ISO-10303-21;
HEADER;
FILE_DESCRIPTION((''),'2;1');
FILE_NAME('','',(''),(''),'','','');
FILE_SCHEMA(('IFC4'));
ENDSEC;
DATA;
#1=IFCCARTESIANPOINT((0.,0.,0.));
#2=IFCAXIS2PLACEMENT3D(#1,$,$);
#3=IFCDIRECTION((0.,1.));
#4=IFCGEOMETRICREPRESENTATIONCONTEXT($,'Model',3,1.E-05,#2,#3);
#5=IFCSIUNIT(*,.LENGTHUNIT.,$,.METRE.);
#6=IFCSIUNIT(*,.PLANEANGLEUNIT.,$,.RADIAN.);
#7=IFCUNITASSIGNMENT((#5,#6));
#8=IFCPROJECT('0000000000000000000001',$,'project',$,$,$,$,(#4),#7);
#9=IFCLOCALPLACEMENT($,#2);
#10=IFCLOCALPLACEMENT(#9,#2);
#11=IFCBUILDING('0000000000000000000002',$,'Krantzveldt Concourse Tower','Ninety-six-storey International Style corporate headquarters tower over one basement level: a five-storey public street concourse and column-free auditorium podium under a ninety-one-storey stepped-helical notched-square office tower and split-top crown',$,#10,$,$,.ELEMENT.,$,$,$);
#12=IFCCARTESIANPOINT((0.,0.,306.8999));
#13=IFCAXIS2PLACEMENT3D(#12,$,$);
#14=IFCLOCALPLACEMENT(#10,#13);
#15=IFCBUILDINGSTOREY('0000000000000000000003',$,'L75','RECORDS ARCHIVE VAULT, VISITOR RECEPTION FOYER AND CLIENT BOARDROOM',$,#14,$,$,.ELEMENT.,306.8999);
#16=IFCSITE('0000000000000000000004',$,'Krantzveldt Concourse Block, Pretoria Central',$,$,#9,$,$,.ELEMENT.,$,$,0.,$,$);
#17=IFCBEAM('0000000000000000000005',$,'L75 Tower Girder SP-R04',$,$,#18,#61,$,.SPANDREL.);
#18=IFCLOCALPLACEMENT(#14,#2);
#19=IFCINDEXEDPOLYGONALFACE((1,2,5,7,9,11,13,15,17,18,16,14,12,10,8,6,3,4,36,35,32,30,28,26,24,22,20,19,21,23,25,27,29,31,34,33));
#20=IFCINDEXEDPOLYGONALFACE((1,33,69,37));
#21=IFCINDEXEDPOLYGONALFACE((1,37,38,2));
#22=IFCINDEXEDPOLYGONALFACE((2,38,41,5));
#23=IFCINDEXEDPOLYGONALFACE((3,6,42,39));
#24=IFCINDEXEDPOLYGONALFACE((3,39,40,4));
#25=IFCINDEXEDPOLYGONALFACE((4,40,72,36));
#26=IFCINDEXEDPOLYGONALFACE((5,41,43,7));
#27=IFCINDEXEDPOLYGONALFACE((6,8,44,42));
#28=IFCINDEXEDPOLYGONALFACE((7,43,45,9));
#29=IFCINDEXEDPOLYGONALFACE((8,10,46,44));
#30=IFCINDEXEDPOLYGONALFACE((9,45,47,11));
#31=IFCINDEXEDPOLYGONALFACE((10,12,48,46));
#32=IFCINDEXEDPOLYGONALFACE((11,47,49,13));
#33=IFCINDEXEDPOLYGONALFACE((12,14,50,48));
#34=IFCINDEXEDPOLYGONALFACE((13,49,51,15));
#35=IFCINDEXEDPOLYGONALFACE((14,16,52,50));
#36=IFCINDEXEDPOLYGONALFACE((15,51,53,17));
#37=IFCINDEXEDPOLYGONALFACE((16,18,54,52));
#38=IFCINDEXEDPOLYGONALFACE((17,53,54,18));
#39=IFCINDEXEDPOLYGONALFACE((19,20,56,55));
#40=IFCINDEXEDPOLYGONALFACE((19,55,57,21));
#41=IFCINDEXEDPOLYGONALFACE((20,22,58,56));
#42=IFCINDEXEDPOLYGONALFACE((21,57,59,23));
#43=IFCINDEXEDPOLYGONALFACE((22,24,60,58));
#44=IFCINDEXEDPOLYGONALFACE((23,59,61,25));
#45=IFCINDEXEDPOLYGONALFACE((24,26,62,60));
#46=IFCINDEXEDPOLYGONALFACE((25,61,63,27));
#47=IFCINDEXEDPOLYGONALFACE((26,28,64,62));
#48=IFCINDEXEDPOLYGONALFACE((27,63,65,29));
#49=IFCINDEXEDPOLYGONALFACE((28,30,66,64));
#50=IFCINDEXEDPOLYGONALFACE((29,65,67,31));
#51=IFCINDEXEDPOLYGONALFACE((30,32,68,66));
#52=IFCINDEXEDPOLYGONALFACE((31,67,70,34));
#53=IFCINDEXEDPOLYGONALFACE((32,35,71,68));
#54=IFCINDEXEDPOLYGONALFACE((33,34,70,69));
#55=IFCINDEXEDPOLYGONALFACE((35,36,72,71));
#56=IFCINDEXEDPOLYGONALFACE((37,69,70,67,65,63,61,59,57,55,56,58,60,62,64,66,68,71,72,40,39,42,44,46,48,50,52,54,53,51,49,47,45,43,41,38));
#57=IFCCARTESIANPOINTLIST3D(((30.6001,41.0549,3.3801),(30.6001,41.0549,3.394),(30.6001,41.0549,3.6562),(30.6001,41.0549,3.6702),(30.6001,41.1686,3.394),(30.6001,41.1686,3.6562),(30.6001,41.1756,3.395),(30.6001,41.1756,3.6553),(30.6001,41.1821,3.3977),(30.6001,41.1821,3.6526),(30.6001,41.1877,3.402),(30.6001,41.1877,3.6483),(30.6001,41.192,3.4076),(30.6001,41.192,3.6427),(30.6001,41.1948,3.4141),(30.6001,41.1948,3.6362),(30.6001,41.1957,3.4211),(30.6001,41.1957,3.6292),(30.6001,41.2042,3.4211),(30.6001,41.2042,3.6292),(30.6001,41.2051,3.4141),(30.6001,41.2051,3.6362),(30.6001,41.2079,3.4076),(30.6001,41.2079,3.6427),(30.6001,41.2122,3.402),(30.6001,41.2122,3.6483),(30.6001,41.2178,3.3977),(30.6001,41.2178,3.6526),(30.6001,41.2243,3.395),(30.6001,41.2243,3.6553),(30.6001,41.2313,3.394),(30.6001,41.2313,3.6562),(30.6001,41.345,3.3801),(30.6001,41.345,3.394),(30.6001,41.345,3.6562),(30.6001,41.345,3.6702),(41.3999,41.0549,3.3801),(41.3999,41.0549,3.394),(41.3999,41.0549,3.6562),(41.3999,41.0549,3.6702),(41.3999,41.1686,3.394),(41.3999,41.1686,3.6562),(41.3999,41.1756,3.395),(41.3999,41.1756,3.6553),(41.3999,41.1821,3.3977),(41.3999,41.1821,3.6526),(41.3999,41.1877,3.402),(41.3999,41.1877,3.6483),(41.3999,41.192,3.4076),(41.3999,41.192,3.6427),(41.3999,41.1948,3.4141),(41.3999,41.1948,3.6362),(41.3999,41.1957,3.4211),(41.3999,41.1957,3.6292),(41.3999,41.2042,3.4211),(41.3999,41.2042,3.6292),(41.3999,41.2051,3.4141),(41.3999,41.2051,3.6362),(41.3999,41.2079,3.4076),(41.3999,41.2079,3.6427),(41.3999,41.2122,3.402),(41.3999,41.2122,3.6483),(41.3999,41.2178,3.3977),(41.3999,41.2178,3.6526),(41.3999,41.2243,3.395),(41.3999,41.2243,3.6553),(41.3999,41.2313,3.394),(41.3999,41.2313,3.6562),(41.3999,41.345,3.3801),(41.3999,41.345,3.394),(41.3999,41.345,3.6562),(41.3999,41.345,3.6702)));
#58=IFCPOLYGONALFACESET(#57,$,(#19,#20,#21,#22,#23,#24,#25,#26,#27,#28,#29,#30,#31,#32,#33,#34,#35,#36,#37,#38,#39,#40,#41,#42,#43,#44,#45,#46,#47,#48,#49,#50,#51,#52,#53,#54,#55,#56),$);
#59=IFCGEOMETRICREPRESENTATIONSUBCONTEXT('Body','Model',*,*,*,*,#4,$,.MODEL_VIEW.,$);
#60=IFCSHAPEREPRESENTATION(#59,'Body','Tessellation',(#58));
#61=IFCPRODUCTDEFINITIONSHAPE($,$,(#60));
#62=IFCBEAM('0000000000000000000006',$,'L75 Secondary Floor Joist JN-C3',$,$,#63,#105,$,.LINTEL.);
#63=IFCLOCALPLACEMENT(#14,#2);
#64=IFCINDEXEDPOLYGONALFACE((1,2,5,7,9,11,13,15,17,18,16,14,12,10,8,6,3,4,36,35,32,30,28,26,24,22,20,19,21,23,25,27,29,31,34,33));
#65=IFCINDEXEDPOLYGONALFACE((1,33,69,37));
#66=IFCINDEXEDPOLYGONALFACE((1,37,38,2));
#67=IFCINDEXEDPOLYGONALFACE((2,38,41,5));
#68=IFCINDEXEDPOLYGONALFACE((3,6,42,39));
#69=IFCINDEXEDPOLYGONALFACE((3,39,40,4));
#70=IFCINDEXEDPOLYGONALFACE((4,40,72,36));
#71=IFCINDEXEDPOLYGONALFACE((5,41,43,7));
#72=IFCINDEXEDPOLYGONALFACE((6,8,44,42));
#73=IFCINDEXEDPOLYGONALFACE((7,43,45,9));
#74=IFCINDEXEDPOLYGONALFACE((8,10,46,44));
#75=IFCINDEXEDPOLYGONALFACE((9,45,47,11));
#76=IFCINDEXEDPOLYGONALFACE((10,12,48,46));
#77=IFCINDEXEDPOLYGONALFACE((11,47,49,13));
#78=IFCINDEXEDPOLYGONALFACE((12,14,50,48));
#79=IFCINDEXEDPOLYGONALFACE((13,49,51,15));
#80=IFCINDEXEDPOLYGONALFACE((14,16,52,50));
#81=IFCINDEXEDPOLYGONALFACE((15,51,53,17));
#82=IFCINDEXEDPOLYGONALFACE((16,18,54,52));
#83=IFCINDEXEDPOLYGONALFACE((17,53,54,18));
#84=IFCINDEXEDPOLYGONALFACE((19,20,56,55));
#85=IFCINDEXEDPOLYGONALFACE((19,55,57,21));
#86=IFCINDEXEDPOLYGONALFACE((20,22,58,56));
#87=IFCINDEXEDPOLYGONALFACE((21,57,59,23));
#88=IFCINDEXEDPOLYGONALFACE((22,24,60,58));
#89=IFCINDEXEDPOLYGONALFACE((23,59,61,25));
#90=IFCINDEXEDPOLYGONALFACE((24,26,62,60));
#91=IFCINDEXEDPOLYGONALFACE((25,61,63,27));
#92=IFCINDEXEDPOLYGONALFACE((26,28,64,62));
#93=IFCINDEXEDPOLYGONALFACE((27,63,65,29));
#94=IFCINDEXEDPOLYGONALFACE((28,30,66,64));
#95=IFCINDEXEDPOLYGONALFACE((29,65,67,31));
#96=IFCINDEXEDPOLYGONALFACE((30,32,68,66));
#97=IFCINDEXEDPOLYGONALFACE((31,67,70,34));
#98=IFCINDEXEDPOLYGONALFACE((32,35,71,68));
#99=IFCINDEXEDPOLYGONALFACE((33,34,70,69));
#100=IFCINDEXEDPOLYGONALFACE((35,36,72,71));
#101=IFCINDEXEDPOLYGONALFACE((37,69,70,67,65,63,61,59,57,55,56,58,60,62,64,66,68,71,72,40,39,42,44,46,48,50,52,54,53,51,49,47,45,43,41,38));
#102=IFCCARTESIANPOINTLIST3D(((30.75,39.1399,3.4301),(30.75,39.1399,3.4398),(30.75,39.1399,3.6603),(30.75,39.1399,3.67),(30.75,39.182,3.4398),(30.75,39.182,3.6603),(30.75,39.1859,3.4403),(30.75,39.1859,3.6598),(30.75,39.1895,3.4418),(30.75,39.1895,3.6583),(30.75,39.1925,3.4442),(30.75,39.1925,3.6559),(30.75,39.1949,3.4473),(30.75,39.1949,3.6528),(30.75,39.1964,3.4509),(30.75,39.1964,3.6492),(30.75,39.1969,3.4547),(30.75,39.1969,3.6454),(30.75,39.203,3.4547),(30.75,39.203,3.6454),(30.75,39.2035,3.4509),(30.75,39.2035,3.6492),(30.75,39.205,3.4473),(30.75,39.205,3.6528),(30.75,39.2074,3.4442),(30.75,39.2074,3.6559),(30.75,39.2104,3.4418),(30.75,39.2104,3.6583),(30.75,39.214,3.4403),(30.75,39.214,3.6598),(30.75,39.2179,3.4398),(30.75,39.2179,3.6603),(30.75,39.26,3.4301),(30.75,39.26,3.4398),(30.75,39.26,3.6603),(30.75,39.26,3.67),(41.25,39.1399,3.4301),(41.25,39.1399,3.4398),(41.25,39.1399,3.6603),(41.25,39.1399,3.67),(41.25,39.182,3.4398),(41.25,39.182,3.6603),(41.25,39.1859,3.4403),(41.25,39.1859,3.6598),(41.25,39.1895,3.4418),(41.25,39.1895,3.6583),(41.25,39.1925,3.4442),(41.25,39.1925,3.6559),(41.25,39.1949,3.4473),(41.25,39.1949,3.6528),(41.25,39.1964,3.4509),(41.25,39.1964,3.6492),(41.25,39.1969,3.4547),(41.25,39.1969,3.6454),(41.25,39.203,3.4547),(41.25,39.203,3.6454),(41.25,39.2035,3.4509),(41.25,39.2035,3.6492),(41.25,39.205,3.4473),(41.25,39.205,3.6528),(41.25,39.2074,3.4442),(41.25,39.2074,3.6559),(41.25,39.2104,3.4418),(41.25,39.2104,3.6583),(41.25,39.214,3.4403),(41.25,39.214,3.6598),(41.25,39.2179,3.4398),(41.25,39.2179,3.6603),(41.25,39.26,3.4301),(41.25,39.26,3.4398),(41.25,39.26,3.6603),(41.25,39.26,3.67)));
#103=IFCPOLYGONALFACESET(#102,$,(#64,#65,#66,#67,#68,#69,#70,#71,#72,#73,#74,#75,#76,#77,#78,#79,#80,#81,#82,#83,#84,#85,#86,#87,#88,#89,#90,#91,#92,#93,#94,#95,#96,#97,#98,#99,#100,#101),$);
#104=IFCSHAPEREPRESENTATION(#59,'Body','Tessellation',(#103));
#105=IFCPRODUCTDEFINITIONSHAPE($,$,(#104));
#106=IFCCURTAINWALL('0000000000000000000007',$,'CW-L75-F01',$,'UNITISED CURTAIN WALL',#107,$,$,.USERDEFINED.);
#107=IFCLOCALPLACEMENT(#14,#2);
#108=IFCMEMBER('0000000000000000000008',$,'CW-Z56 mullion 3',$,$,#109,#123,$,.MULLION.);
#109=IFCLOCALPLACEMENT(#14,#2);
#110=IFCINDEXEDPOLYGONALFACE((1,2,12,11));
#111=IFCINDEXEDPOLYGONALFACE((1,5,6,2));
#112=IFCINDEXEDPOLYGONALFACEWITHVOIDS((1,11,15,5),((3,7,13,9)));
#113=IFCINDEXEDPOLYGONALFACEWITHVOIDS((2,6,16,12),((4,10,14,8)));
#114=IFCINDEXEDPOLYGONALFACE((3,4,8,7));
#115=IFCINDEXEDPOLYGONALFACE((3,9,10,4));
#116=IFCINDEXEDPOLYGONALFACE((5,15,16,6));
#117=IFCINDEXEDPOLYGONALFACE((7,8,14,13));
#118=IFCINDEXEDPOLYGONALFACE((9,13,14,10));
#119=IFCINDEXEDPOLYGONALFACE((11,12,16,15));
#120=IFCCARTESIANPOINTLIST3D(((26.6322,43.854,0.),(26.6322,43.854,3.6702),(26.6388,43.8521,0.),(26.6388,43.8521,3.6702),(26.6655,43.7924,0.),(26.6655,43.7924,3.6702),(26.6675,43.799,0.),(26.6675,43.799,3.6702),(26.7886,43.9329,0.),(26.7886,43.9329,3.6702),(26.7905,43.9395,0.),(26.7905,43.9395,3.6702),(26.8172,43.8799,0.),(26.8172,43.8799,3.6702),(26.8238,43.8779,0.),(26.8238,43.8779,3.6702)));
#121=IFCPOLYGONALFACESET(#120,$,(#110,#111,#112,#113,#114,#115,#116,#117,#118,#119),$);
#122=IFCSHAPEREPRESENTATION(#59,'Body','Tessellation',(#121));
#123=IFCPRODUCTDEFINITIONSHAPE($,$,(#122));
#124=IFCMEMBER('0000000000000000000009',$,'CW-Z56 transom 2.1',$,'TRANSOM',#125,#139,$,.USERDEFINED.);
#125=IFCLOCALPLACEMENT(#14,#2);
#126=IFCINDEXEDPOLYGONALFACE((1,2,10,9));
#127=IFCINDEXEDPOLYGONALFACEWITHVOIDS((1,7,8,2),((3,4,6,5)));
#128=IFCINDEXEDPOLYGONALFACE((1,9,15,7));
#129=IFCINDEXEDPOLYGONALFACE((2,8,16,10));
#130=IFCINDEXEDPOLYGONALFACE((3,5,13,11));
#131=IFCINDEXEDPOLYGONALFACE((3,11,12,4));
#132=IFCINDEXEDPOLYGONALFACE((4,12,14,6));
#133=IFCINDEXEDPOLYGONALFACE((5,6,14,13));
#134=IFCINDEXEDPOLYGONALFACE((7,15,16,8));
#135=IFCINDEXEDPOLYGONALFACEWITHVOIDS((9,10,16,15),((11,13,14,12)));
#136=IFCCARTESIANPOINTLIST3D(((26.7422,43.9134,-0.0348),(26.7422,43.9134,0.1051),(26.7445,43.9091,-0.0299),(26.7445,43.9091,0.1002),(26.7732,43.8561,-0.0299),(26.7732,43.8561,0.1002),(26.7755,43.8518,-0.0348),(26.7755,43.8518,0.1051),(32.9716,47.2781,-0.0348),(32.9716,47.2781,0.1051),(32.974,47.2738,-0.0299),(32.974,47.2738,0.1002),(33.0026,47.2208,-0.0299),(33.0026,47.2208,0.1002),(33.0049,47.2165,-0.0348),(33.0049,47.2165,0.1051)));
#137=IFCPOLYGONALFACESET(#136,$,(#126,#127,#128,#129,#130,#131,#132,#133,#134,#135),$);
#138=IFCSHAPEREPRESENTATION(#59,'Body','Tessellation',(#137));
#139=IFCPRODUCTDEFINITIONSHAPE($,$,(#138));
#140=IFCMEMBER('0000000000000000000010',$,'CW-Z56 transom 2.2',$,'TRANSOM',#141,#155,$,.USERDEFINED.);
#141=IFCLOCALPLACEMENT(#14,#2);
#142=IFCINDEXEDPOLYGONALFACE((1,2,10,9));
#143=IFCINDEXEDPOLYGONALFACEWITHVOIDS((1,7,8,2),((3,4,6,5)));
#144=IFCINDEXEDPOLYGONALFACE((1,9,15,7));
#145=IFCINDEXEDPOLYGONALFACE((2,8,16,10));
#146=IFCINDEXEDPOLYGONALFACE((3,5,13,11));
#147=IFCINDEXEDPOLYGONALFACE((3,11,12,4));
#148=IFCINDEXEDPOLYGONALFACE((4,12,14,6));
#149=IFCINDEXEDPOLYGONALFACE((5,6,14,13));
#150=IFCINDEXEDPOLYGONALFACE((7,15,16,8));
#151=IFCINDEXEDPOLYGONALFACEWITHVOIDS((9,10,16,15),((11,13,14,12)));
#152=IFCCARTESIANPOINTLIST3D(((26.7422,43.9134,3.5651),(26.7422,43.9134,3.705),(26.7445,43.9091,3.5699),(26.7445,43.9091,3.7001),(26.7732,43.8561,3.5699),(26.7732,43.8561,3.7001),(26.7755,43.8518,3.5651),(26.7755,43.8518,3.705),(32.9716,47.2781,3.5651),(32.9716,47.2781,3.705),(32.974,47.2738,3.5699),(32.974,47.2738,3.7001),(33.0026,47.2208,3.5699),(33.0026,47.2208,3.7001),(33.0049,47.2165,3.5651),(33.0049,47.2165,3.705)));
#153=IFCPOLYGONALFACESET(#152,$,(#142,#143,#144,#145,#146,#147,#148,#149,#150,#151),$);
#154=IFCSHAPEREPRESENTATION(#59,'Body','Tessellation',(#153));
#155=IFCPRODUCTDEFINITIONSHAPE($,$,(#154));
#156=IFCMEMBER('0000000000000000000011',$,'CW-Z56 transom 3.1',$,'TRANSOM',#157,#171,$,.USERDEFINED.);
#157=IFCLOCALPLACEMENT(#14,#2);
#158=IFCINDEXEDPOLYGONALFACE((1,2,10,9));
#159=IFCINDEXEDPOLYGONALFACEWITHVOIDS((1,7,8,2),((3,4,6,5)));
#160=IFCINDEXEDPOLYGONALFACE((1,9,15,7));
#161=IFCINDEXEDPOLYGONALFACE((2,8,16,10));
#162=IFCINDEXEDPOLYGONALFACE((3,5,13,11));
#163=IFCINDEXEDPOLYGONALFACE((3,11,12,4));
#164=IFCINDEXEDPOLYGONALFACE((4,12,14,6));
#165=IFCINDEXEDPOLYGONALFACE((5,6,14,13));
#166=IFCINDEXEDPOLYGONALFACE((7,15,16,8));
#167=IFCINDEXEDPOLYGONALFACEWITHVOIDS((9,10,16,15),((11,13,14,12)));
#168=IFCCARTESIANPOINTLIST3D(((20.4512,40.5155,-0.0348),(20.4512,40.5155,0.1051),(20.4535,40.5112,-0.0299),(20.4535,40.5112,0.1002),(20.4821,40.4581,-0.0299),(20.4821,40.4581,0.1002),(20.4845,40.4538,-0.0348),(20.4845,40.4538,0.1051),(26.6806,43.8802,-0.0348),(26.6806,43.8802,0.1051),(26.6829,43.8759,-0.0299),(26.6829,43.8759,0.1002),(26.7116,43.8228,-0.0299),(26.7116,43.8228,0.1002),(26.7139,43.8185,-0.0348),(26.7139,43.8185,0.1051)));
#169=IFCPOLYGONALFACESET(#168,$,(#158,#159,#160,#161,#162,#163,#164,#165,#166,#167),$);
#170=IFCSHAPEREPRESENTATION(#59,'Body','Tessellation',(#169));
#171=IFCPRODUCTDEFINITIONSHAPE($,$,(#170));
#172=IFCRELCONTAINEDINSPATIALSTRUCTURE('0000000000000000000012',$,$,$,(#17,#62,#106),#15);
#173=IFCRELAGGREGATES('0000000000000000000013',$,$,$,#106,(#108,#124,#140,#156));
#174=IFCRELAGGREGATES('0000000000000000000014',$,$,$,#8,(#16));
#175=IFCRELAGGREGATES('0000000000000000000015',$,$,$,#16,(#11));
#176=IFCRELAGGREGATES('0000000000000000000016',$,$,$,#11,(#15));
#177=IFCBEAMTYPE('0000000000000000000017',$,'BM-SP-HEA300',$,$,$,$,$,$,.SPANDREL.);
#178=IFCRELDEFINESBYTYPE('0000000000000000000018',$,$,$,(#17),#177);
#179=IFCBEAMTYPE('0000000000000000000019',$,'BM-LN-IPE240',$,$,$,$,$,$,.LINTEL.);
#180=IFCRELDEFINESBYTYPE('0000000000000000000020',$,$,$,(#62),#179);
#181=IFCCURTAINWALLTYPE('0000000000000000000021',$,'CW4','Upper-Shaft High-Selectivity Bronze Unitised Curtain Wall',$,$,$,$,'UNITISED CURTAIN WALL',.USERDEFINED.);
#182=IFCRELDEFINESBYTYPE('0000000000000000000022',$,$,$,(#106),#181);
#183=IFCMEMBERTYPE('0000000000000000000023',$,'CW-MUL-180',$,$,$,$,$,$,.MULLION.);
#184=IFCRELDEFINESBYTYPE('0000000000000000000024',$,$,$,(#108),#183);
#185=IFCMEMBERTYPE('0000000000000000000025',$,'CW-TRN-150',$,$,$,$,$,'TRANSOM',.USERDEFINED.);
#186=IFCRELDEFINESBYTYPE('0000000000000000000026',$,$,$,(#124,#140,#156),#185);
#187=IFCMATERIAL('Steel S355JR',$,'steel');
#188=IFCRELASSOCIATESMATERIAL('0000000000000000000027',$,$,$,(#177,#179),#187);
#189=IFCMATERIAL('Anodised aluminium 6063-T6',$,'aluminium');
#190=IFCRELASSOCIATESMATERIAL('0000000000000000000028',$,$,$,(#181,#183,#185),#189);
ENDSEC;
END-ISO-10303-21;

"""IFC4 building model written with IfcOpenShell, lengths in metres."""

from ifc_helpers import new_model, si_unit, direction, frame, origin, origin_2d, place, context, subcontext, project, spatial, hollow_rectangle, i_section, extrude, source, transform, mapped, material, material_profile, profile_set, type_object, type_shapes, element, aggregate, save


model = new_model("IFC4")

# Units and contexts
model_context = context("Model", 3, precision=1e-05, world=origin(), true_north=direction((0.0, 1.0)))
body_context = subcontext(model_context, "Body", "Model", "MODEL_VIEW")
ifc_project = project(units=[si_unit("LENGTHUNIT", "METRE"), si_unit("PLANEANGLEUNIT", "RADIAN")], contexts=[model_context])

# Site, building, storey
site_placement = place(None, origin())
site = spatial("IfcSite", under=ifc_project, at=site_placement, Name="Krantzveldt Concourse Block, Pretoria Central", CompositionType="ELEMENT", RefElevation=0.0)
building_placement = place(site_placement, origin())
building = spatial("IfcBuilding", under=site, at=building_placement, Name="Krantzveldt Concourse Tower", Description="Ninety-six-storey International Style corporate headquarters tower over one basement level: a five-storey public street concourse and column-free auditorium podium under a ninety-one-storey stepped-helical notched-square office tower and split-top crown", CompositionType="ELEMENT")
storey_placement = place(building_placement, frame((0.0, 0.0, 306.8999)))
storey = spatial("IfcBuildingStorey", under=building, at=storey_placement, Name="L75", Description="RECORDS ARCHIVE VAULT, VISITOR RECEPTION FOYER AND CLIENT BOARDROOM", CompositionType="ELEMENT", Elevation=306.8999)

# Beams
ifc_material_1 = material(Name="Steel S355JR", Category="steel")
ifc_material_profile_1 = material_profile(ifc_material_1, i_section(OverallWidth=0.29, OverallDepth=0.29, WebThickness=0.0085, FlangeThickness=0.0139, FilletRadius=0.0271, at=origin_2d()), Name="Steel S355JR", Category="steel")
ifc_profile_set_1 = profile_set([ifc_material_profile_1], Name="Steel S355JR - HEA 300")
beam_type_1 = type_object("IfcBeamType", Name="BM-SP-HEA300", PredefinedType="SPANDREL", material=ifc_profile_set_1)
shared_shape_1 = source(origin(), body_context, "Body", "SweptSolid", [
    extrude(i_section(OverallWidth=0.29, OverallDepth=0.29, WebThickness=0.0085, FlangeThickness=0.0139, FilletRadius=0.0271, at=origin_2d()), origin(), (0.0, 0.0, 1.0), 10.7998),
])
type_shapes(beam_type_1, [shared_shape_1])
beam_1_placement = place(storey_placement, frame((30.6001, 41.2, 3.5251), z_axis=(1.0, 0.0, 0.0), x_axis=(0.0, 1.0, 0.0)))
element("IfcBeam", 1, at=beam_1_placement, inside=storey, type_object=beam_type_1, Name="L75 Tower Girder SP-R04", PredefinedType="SPANDREL", context=body_context, shape_type="MappedRepresentation", body=[
    mapped(shared_shape_1, transform((0.0, 0.0, 0.0), x_axis=(1.0, 0.0, 0.0), y_axis=(0.0, 1.0, 0.0), z_axis=(0.0, 0.0, 1.0), scale=1.0)),
])
ifc_material_profile_2 = material_profile(ifc_material_1, i_section(OverallWidth=0.1201, OverallDepth=0.24, WebThickness=0.0061, FlangeThickness=0.0098, FilletRadius=0.0149, at=origin_2d()), Name="Steel S355JR", Category="steel")
ifc_profile_set_2 = profile_set([ifc_material_profile_2], Name="Steel S355JR - IPE 240")
beam_type_2 = type_object("IfcBeamType", Name="BM-LN-IPE240", PredefinedType="LINTEL", material=ifc_profile_set_2)
shared_shape_2 = source(origin(), body_context, "Body", "SweptSolid", [
    extrude(i_section(OverallWidth=0.1201, OverallDepth=0.24, WebThickness=0.0061, FlangeThickness=0.0098, FilletRadius=0.0149, at=origin_2d()), origin(), (0.0, 0.0, 1.0), 10.5),
])
type_shapes(beam_type_2, [shared_shape_2])
beam_2_placement = place(storey_placement, frame((30.75, 39.2, 3.55), z_axis=(1.0, 0.0, 0.0), x_axis=(0.0, 1.0, 0.0)))
element("IfcBeam", 2, at=beam_2_placement, inside=storey, type_object=beam_type_2, Name="L75 Secondary Floor Joist JN-C3", PredefinedType="LINTEL", context=body_context, shape_type="MappedRepresentation", body=[
    mapped(shared_shape_2, transform((0.0, 0.0, 0.0), x_axis=(1.0, 0.0, 0.0), y_axis=(0.0, 1.0, 0.0), z_axis=(0.0, 0.0, 1.0), scale=1.0)),
])

# Curtain wall, members
ifc_material_2 = material(Name="Anodised aluminium 6063-T6", Category="aluminium")
curtain_wall_type = type_object("IfcCurtainWallType", Name="CW4", Description="Upper-Shaft High-Selectivity Bronze Unitised Curtain Wall", ElementType="UNITISED CURTAIN WALL", PredefinedType="USERDEFINED", material=ifc_material_2)
curtain_wall_placement = place(storey_placement, origin())
curtain_wall = element("IfcCurtainWall", 3, at=curtain_wall_placement, inside=storey, type_object=curtain_wall_type, Name="CW-L75-F01", ObjectType="UNITISED CURTAIN WALL", PredefinedType="USERDEFINED")
ifc_material_profile_3 = material_profile(ifc_material_2, hollow_rectangle(XDim=0.0701, YDim=0.1799, WallThickness=0.0049, at=origin_2d()), Name="Anodised aluminium 6063-T6", Category="aluminium")
ifc_profile_set_3 = profile_set([ifc_material_profile_3], Name="Anodised aluminium 6063-T6 - ALU-MULL 180x70x5")
member_type_1 = type_object("IfcMemberType", Name="CW-MUL-180", PredefinedType="MULLION", material=ifc_profile_set_3)
shared_shape_3 = source(origin(), body_context, "Body", "SweptSolid", [
    extrude(hollow_rectangle(XDim=0.0701, YDim=0.1799, WallThickness=0.0049, at=origin_2d()), origin(), (0.0, 0.0, 1.0), 3.6702),
])
type_shapes(member_type_1, [shared_shape_3])
member_1_placement = place(storey_placement, frame((26.728, 43.866, 0.0), z_axis=(0.0, 0.0, 1.0), x_axis=(0.47524, -0.879856, 0.0)))
member_1 = element("IfcMember", 4, at=member_1_placement, type_object=member_type_1, Name="CW-Z56 mullion 3", PredefinedType="MULLION", context=body_context, shape_type="MappedRepresentation", body=[
    mapped(shared_shape_3, transform((0.0, 0.0, 0.0), x_axis=(1.0, 0.0, 0.0), y_axis=(0.0, 1.0, 0.0), z_axis=(0.0, 0.0, 1.0), scale=1.0)),
])
ifc_material_profile_4 = material_profile(ifc_material_2, hollow_rectangle(XDim=0.0701, YDim=0.1399, WallThickness=0.0049, at=origin_2d()), Name="Anodised aluminium 6063-T6", Category="aluminium")
ifc_profile_set_4 = profile_set([ifc_material_profile_4], Name="Anodised aluminium 6063-T6 - ALU-TRAN 140x70x5")
member_type_2 = type_object("IfcMemberType", Name="CW-TRN-150", ElementType="TRANSOM", PredefinedType="USERDEFINED", material=ifc_profile_set_4)
shared_shape_4 = source(origin(), body_context, "Body", "SweptSolid", [
    extrude(hollow_rectangle(XDim=0.0701, YDim=0.1399, WallThickness=0.0049, at=origin_2d()), origin(), (0.0, 0.0, 1.0), 7.0801),
])
type_shapes(member_type_2, [shared_shape_4])
member_2_placement = place(storey_placement, frame((32.9883, 47.2473, 0.0352), z_axis=(-0.879857, -0.475239, 0.0), x_axis=(0.475239, -0.879857, 0.0)))
member_2 = element("IfcMember", 5, at=member_2_placement, type_object=member_type_2, Name="CW-Z56 transom 2.1", ObjectType="TRANSOM", PredefinedType="USERDEFINED", context=body_context, shape_type="MappedRepresentation", body=[
    mapped(shared_shape_4, transform((0.0, 0.0, 0.0), x_axis=(1.0, 0.0, 0.0), y_axis=(0.0, 1.0, 0.0), z_axis=(0.0, 0.0, 1.0), scale=1.0)),
])
member_3_placement = place(storey_placement, frame((32.9883, 47.2473, 3.635), z_axis=(-0.879857, -0.475239, 0.0), x_axis=(0.475239, -0.879857, 0.0)))
member_3 = element("IfcMember", 6, at=member_3_placement, type_object=member_type_2, Name="CW-Z56 transom 2.2", ObjectType="TRANSOM", PredefinedType="USERDEFINED", context=body_context, shape_type="MappedRepresentation", body=[
    mapped(shared_shape_4, transform((0.0, 0.0, 0.0), x_axis=(1.0, 0.0, 0.0), y_axis=(0.0, 1.0, 0.0), z_axis=(0.0, 0.0, 1.0), scale=1.0)),
])
member_4_placement = place(storey_placement, frame((26.6973, 43.8494, 0.0352), z_axis=(-0.879857, -0.475239, 0.0), x_axis=(0.475239, -0.879857, 0.0)))
member_4 = element("IfcMember", 7, at=member_4_placement, type_object=member_type_2, Name="CW-Z56 transom 3.1", ObjectType="TRANSOM", PredefinedType="USERDEFINED", context=body_context, shape_type="MappedRepresentation", body=[
    mapped(shared_shape_4, transform((0.0, 0.0, 0.0), x_axis=(1.0, 0.0, 0.0), y_axis=(0.0, 1.0, 0.0), z_axis=(0.0, 0.0, 1.0), scale=1.0)),
])
aggregate(curtain_wall, [member_1, member_2, member_3, member_4])

save(model, "model.ifc")
